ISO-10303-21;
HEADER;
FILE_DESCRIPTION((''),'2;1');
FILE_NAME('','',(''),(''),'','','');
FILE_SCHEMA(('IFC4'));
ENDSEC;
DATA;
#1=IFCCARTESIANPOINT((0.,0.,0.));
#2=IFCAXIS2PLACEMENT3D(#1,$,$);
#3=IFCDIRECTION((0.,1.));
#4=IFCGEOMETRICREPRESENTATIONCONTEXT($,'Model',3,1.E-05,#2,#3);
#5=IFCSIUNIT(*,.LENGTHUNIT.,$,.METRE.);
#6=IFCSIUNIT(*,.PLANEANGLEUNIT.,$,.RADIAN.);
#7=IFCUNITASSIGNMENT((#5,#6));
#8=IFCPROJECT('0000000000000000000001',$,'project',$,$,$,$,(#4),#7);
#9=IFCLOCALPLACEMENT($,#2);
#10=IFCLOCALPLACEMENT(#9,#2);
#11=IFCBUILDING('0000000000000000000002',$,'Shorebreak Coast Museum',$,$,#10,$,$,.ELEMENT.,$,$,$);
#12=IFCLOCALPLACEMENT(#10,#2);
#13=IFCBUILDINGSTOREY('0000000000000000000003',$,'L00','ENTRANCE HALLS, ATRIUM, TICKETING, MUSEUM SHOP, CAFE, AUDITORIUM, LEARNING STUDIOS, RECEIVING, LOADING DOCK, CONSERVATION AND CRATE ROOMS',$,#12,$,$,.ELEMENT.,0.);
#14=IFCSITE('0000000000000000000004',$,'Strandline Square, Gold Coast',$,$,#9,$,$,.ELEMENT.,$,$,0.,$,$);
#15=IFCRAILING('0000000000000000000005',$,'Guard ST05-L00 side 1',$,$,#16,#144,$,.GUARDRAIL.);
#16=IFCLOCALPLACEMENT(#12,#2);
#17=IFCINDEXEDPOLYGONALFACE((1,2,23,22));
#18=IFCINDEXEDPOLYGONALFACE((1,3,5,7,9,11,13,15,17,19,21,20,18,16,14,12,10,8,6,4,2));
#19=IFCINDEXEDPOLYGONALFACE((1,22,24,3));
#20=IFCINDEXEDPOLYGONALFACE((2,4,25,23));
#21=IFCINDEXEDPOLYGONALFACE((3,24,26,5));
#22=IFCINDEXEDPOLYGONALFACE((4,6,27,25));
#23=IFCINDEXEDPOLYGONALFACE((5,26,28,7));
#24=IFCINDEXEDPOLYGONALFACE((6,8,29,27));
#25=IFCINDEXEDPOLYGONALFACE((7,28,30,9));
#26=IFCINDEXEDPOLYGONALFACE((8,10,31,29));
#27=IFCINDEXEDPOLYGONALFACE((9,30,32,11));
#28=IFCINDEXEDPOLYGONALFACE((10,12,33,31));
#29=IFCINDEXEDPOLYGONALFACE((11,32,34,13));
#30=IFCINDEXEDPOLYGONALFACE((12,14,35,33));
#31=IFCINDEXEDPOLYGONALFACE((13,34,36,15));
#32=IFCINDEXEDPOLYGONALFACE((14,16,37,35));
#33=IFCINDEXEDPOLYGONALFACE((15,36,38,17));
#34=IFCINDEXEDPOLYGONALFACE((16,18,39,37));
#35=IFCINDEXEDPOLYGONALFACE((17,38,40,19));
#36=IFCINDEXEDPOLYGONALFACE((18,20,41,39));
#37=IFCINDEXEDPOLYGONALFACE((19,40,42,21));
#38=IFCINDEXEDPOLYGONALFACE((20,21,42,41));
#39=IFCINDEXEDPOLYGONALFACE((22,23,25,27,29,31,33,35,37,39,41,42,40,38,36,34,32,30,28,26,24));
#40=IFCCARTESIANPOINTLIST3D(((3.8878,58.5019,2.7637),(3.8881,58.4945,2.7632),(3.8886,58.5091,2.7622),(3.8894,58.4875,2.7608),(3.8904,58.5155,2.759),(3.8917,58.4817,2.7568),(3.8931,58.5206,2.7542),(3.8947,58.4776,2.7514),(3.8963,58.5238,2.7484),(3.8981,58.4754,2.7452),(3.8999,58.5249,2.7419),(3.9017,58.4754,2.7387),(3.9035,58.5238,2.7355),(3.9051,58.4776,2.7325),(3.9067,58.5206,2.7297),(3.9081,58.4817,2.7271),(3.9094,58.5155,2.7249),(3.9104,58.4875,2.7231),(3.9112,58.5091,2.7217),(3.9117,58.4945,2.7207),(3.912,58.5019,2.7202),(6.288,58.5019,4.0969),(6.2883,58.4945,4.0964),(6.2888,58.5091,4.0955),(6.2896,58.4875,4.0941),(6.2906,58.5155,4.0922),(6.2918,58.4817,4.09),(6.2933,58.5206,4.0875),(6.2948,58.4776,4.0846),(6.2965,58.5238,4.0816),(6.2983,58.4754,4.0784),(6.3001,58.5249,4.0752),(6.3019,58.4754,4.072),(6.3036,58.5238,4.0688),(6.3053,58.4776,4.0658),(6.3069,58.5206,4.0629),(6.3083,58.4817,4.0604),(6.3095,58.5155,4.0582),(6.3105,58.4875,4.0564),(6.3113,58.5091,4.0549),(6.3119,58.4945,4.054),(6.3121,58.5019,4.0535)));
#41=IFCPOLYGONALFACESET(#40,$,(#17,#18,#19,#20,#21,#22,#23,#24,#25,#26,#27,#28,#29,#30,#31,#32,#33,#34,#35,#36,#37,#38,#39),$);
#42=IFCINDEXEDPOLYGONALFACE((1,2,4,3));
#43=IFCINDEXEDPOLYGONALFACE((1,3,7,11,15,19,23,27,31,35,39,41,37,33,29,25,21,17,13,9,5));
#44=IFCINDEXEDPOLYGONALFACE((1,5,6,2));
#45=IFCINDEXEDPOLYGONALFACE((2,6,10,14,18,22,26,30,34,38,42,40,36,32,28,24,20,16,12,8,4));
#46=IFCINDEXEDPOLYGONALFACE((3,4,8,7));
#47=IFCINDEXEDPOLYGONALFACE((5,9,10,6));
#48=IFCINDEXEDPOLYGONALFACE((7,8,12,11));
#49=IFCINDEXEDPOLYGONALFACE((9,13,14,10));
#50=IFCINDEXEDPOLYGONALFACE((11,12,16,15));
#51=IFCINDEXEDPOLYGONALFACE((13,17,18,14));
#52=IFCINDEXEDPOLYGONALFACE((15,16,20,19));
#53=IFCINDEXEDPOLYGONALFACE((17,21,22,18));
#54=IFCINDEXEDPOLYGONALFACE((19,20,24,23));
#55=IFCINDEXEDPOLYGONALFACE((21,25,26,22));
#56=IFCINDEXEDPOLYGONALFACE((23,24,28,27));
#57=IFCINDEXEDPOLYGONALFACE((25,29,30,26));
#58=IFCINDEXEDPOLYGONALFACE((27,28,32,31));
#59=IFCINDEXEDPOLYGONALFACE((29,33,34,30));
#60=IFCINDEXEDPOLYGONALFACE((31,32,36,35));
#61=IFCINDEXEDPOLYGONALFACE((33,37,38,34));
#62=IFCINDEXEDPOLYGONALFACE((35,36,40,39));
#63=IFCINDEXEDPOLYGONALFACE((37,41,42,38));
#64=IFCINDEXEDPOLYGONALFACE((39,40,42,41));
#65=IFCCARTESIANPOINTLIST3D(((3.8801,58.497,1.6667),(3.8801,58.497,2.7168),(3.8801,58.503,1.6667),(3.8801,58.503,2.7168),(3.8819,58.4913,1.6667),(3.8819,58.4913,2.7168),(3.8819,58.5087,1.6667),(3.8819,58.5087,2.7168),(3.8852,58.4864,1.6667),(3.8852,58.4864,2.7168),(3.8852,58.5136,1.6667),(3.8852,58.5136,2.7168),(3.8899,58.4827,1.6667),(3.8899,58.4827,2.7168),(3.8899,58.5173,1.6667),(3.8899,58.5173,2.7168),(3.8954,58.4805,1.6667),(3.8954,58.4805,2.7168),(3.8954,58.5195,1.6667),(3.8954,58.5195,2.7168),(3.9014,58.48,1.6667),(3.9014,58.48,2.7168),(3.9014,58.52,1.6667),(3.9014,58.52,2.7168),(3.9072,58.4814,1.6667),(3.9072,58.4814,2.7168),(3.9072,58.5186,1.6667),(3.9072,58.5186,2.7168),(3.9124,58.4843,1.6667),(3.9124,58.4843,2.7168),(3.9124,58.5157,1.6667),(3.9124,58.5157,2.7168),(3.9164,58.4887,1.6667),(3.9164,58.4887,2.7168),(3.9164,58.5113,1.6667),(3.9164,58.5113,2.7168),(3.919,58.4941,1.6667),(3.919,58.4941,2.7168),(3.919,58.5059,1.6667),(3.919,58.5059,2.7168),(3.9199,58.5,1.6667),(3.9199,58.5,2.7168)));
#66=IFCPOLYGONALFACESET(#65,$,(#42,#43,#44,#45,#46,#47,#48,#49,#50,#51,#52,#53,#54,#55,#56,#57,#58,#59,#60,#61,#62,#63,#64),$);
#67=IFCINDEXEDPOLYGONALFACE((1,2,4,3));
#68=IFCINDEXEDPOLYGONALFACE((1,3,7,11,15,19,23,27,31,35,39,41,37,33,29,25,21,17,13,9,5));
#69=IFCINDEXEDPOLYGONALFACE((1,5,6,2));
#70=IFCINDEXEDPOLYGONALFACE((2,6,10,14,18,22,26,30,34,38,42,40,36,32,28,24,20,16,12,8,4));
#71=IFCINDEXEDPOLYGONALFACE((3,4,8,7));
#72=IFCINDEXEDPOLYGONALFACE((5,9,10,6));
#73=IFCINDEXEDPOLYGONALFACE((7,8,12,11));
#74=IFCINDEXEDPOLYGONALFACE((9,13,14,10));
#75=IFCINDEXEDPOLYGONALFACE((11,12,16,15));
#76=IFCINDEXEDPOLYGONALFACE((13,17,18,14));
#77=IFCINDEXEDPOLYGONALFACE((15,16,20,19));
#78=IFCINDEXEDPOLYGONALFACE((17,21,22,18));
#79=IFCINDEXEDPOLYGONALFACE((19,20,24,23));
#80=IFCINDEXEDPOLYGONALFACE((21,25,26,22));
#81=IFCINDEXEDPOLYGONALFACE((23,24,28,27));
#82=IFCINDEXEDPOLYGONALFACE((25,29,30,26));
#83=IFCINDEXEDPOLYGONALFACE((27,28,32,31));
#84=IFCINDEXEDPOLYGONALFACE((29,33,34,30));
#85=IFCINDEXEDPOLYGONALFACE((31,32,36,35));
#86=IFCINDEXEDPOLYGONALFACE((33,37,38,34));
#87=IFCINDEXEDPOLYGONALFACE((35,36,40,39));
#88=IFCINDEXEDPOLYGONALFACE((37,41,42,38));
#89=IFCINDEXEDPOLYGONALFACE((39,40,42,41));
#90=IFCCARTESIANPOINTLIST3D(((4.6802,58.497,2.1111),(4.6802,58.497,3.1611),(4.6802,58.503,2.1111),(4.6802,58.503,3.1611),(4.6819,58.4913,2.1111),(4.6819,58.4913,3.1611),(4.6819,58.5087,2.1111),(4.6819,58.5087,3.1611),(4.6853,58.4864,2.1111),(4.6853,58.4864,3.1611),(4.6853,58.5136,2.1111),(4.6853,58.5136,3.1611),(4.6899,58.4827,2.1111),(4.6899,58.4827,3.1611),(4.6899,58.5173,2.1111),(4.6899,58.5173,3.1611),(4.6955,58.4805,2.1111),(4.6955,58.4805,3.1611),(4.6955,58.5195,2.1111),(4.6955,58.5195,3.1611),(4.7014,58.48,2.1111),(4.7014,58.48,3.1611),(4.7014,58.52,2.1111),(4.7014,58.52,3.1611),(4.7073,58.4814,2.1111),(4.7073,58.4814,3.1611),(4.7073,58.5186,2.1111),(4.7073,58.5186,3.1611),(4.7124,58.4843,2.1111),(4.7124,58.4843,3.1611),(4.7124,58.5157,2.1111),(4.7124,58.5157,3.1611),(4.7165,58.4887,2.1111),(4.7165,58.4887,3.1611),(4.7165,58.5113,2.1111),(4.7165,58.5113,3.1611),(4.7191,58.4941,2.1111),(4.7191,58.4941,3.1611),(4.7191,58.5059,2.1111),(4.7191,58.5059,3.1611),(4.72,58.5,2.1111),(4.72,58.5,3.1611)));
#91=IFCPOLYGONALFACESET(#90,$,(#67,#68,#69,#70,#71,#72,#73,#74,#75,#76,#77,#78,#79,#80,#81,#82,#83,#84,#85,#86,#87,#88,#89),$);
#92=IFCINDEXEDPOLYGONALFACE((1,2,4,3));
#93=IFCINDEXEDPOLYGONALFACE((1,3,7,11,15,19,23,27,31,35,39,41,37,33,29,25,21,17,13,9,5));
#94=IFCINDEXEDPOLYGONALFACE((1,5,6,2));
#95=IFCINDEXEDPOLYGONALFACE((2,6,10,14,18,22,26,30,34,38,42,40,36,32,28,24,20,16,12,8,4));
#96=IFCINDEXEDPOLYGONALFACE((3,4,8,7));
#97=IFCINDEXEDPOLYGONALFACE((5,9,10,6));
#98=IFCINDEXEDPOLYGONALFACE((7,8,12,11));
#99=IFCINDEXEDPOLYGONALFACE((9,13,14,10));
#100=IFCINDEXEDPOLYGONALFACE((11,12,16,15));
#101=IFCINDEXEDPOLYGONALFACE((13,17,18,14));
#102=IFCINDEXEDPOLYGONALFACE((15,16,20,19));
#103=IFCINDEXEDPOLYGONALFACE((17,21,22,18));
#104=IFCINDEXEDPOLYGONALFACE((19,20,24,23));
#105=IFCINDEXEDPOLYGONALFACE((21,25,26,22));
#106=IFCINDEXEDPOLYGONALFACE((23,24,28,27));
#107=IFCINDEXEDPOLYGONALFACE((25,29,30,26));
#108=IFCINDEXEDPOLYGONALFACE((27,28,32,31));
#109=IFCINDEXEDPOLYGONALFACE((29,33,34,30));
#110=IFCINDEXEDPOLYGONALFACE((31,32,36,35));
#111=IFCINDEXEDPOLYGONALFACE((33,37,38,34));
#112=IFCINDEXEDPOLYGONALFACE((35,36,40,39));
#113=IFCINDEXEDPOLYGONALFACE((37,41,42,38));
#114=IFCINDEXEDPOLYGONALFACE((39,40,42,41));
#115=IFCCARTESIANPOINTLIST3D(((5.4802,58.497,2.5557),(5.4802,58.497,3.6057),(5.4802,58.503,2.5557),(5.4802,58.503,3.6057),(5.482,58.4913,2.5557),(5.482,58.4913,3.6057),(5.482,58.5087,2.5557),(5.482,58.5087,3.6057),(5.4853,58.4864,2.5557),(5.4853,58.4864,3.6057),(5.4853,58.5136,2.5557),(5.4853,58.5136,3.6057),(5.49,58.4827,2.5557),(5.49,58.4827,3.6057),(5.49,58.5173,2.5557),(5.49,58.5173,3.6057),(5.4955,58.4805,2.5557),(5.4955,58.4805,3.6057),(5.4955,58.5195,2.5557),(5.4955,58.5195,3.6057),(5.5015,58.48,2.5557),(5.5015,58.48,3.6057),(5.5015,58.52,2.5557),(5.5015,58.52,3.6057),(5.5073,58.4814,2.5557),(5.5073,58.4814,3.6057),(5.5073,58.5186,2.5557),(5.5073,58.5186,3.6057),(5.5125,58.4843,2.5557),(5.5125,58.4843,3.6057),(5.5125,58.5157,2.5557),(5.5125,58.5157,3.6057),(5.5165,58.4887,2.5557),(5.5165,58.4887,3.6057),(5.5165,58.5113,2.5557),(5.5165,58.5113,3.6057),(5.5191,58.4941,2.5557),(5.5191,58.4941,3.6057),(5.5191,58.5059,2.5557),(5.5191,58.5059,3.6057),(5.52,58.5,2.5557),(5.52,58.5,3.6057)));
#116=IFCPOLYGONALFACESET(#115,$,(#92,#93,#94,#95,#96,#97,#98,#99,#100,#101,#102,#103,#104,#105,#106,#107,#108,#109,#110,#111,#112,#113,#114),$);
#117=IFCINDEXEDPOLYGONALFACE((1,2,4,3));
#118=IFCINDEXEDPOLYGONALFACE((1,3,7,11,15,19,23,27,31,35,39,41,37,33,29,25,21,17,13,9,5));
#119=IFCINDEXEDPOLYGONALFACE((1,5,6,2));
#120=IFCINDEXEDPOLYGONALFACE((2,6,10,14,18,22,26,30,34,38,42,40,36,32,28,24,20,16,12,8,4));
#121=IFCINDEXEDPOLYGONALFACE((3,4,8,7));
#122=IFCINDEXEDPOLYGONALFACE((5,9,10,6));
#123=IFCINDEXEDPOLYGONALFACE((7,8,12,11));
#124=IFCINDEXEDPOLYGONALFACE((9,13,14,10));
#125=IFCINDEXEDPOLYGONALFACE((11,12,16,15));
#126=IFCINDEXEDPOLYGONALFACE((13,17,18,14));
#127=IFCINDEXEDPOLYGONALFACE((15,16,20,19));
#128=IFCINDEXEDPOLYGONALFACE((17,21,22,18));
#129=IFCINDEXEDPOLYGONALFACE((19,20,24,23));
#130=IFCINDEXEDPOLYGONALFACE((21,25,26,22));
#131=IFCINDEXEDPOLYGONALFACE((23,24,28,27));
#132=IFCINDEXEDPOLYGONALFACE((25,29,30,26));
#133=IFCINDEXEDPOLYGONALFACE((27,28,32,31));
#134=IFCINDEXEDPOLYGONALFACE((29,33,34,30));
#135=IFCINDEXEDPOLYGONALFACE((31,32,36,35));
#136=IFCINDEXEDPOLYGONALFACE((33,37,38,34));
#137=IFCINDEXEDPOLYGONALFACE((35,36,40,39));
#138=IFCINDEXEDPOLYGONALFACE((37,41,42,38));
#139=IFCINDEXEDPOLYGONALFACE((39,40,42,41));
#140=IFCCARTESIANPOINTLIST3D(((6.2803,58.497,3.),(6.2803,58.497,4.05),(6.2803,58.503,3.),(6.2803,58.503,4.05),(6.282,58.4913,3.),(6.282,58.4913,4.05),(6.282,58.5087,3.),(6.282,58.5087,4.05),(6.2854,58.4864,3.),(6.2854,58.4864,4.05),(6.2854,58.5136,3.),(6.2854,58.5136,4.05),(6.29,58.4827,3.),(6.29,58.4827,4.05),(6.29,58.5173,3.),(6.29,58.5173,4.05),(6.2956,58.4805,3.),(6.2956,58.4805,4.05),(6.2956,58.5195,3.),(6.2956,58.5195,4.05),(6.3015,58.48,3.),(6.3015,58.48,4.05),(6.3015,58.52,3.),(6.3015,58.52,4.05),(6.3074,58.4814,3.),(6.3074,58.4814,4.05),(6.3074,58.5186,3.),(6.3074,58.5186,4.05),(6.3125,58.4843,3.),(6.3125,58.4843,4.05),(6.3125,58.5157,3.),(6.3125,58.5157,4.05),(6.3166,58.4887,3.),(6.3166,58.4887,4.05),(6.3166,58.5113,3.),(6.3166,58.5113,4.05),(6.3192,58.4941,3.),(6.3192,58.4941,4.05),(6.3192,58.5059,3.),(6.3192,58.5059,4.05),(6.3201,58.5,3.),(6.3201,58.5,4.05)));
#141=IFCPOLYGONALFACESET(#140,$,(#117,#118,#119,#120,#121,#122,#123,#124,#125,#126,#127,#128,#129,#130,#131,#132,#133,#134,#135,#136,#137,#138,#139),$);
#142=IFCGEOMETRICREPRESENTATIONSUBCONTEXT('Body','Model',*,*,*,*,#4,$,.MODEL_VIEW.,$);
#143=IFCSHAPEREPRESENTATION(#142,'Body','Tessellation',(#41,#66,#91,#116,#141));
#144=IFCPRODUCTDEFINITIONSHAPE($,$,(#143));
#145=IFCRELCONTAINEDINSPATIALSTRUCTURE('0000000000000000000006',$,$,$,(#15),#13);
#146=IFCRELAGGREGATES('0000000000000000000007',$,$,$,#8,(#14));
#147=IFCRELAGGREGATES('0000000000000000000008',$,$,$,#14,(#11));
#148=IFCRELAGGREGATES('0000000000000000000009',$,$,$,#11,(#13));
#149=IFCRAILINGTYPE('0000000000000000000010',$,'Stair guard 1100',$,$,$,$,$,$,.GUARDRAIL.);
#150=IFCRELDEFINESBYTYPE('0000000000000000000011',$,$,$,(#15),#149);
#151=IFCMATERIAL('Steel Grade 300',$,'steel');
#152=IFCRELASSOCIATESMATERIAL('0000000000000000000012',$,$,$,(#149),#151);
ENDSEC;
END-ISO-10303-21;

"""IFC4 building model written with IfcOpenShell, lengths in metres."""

from ifc_helpers import new_model, si_unit, direction, frame, origin, origin_2d, place, context, subcontext, project, spatial, circle, extrude, material, type_object, element, save


model = new_model("IFC4")

# Units and contexts
model_context = context("Model", 3, precision=1e-05, world=origin(), true_north=direction((0.0, 1.0)))
body_context = subcontext(model_context, "Body", "Model", "MODEL_VIEW")
ifc_project = project(units=[si_unit("LENGTHUNIT", "METRE"), si_unit("PLANEANGLEUNIT", "RADIAN")], contexts=[model_context])

# Site, building, storey
site_placement = place(None, origin())
site = spatial("IfcSite", under=ifc_project, at=site_placement, Name="Strandline Square, Gold Coast", CompositionType="ELEMENT", RefElevation=0.0)
building_placement = place(site_placement, origin())
building = spatial("IfcBuilding", under=site, at=building_placement, Name="Shorebreak Coast Museum", CompositionType="ELEMENT")
storey_placement = place(building_placement, origin())
storey = spatial("IfcBuildingStorey", under=building, at=storey_placement, Name="L00", Description="ENTRANCE HALLS, ATRIUM, TICKETING, MUSEUM SHOP, CAFE, AUDITORIUM, LEARNING STUDIOS, RECEIVING, LOADING DOCK, CONSERVATION AND CRATE ROOMS", CompositionType="ELEMENT", Elevation=0.0)

# Railing
ifc_material_1 = material(Name="Steel Grade 300", Category="steel")
railing_type_1 = type_object("IfcRailingType", Name="Stair guard 1100", PredefinedType="GUARDRAIL", material=ifc_material_1)
railing_1_placement = place(storey_placement, frame((3.8999, 58.5, 1.6667)))
element("IfcRailing", 1, at=railing_1_placement, inside=storey, type_object=railing_type_1, Name="Guard ST05-L00 side 1", PredefinedType="GUARDRAIL", context=body_context, shape_type="SweptSolid", body=[
    extrude(circle(Radius=0.0249, at=origin_2d()), frame((0.0, 0.0, 1.0752), z_axis=(0.874182, 0.0, 0.485598), x_axis=(0.0, 1.0, 0.0)), (0.0, 0.0, 1.0), 2.7456),
    extrude(circle(Radius=0.02, at=origin_2d()), origin(), (0.0, 0.0, 1.0), 1.05),
    extrude(circle(Radius=0.02, at=origin_2d()), frame((0.8, 0.0, 0.4443)), (0.0, 0.0, 1.0), 1.05),
    extrude(circle(Radius=0.02, at=origin_2d()), frame((1.6001, 0.0, 0.8889)), (0.0, 0.0, 1.0), 1.05),
    extrude(circle(Radius=0.02, at=origin_2d()), frame((2.4001, 0.0, 1.3333)), (0.0, 0.0, 1.0), 1.05),
])

save(model, "model.ifc")
